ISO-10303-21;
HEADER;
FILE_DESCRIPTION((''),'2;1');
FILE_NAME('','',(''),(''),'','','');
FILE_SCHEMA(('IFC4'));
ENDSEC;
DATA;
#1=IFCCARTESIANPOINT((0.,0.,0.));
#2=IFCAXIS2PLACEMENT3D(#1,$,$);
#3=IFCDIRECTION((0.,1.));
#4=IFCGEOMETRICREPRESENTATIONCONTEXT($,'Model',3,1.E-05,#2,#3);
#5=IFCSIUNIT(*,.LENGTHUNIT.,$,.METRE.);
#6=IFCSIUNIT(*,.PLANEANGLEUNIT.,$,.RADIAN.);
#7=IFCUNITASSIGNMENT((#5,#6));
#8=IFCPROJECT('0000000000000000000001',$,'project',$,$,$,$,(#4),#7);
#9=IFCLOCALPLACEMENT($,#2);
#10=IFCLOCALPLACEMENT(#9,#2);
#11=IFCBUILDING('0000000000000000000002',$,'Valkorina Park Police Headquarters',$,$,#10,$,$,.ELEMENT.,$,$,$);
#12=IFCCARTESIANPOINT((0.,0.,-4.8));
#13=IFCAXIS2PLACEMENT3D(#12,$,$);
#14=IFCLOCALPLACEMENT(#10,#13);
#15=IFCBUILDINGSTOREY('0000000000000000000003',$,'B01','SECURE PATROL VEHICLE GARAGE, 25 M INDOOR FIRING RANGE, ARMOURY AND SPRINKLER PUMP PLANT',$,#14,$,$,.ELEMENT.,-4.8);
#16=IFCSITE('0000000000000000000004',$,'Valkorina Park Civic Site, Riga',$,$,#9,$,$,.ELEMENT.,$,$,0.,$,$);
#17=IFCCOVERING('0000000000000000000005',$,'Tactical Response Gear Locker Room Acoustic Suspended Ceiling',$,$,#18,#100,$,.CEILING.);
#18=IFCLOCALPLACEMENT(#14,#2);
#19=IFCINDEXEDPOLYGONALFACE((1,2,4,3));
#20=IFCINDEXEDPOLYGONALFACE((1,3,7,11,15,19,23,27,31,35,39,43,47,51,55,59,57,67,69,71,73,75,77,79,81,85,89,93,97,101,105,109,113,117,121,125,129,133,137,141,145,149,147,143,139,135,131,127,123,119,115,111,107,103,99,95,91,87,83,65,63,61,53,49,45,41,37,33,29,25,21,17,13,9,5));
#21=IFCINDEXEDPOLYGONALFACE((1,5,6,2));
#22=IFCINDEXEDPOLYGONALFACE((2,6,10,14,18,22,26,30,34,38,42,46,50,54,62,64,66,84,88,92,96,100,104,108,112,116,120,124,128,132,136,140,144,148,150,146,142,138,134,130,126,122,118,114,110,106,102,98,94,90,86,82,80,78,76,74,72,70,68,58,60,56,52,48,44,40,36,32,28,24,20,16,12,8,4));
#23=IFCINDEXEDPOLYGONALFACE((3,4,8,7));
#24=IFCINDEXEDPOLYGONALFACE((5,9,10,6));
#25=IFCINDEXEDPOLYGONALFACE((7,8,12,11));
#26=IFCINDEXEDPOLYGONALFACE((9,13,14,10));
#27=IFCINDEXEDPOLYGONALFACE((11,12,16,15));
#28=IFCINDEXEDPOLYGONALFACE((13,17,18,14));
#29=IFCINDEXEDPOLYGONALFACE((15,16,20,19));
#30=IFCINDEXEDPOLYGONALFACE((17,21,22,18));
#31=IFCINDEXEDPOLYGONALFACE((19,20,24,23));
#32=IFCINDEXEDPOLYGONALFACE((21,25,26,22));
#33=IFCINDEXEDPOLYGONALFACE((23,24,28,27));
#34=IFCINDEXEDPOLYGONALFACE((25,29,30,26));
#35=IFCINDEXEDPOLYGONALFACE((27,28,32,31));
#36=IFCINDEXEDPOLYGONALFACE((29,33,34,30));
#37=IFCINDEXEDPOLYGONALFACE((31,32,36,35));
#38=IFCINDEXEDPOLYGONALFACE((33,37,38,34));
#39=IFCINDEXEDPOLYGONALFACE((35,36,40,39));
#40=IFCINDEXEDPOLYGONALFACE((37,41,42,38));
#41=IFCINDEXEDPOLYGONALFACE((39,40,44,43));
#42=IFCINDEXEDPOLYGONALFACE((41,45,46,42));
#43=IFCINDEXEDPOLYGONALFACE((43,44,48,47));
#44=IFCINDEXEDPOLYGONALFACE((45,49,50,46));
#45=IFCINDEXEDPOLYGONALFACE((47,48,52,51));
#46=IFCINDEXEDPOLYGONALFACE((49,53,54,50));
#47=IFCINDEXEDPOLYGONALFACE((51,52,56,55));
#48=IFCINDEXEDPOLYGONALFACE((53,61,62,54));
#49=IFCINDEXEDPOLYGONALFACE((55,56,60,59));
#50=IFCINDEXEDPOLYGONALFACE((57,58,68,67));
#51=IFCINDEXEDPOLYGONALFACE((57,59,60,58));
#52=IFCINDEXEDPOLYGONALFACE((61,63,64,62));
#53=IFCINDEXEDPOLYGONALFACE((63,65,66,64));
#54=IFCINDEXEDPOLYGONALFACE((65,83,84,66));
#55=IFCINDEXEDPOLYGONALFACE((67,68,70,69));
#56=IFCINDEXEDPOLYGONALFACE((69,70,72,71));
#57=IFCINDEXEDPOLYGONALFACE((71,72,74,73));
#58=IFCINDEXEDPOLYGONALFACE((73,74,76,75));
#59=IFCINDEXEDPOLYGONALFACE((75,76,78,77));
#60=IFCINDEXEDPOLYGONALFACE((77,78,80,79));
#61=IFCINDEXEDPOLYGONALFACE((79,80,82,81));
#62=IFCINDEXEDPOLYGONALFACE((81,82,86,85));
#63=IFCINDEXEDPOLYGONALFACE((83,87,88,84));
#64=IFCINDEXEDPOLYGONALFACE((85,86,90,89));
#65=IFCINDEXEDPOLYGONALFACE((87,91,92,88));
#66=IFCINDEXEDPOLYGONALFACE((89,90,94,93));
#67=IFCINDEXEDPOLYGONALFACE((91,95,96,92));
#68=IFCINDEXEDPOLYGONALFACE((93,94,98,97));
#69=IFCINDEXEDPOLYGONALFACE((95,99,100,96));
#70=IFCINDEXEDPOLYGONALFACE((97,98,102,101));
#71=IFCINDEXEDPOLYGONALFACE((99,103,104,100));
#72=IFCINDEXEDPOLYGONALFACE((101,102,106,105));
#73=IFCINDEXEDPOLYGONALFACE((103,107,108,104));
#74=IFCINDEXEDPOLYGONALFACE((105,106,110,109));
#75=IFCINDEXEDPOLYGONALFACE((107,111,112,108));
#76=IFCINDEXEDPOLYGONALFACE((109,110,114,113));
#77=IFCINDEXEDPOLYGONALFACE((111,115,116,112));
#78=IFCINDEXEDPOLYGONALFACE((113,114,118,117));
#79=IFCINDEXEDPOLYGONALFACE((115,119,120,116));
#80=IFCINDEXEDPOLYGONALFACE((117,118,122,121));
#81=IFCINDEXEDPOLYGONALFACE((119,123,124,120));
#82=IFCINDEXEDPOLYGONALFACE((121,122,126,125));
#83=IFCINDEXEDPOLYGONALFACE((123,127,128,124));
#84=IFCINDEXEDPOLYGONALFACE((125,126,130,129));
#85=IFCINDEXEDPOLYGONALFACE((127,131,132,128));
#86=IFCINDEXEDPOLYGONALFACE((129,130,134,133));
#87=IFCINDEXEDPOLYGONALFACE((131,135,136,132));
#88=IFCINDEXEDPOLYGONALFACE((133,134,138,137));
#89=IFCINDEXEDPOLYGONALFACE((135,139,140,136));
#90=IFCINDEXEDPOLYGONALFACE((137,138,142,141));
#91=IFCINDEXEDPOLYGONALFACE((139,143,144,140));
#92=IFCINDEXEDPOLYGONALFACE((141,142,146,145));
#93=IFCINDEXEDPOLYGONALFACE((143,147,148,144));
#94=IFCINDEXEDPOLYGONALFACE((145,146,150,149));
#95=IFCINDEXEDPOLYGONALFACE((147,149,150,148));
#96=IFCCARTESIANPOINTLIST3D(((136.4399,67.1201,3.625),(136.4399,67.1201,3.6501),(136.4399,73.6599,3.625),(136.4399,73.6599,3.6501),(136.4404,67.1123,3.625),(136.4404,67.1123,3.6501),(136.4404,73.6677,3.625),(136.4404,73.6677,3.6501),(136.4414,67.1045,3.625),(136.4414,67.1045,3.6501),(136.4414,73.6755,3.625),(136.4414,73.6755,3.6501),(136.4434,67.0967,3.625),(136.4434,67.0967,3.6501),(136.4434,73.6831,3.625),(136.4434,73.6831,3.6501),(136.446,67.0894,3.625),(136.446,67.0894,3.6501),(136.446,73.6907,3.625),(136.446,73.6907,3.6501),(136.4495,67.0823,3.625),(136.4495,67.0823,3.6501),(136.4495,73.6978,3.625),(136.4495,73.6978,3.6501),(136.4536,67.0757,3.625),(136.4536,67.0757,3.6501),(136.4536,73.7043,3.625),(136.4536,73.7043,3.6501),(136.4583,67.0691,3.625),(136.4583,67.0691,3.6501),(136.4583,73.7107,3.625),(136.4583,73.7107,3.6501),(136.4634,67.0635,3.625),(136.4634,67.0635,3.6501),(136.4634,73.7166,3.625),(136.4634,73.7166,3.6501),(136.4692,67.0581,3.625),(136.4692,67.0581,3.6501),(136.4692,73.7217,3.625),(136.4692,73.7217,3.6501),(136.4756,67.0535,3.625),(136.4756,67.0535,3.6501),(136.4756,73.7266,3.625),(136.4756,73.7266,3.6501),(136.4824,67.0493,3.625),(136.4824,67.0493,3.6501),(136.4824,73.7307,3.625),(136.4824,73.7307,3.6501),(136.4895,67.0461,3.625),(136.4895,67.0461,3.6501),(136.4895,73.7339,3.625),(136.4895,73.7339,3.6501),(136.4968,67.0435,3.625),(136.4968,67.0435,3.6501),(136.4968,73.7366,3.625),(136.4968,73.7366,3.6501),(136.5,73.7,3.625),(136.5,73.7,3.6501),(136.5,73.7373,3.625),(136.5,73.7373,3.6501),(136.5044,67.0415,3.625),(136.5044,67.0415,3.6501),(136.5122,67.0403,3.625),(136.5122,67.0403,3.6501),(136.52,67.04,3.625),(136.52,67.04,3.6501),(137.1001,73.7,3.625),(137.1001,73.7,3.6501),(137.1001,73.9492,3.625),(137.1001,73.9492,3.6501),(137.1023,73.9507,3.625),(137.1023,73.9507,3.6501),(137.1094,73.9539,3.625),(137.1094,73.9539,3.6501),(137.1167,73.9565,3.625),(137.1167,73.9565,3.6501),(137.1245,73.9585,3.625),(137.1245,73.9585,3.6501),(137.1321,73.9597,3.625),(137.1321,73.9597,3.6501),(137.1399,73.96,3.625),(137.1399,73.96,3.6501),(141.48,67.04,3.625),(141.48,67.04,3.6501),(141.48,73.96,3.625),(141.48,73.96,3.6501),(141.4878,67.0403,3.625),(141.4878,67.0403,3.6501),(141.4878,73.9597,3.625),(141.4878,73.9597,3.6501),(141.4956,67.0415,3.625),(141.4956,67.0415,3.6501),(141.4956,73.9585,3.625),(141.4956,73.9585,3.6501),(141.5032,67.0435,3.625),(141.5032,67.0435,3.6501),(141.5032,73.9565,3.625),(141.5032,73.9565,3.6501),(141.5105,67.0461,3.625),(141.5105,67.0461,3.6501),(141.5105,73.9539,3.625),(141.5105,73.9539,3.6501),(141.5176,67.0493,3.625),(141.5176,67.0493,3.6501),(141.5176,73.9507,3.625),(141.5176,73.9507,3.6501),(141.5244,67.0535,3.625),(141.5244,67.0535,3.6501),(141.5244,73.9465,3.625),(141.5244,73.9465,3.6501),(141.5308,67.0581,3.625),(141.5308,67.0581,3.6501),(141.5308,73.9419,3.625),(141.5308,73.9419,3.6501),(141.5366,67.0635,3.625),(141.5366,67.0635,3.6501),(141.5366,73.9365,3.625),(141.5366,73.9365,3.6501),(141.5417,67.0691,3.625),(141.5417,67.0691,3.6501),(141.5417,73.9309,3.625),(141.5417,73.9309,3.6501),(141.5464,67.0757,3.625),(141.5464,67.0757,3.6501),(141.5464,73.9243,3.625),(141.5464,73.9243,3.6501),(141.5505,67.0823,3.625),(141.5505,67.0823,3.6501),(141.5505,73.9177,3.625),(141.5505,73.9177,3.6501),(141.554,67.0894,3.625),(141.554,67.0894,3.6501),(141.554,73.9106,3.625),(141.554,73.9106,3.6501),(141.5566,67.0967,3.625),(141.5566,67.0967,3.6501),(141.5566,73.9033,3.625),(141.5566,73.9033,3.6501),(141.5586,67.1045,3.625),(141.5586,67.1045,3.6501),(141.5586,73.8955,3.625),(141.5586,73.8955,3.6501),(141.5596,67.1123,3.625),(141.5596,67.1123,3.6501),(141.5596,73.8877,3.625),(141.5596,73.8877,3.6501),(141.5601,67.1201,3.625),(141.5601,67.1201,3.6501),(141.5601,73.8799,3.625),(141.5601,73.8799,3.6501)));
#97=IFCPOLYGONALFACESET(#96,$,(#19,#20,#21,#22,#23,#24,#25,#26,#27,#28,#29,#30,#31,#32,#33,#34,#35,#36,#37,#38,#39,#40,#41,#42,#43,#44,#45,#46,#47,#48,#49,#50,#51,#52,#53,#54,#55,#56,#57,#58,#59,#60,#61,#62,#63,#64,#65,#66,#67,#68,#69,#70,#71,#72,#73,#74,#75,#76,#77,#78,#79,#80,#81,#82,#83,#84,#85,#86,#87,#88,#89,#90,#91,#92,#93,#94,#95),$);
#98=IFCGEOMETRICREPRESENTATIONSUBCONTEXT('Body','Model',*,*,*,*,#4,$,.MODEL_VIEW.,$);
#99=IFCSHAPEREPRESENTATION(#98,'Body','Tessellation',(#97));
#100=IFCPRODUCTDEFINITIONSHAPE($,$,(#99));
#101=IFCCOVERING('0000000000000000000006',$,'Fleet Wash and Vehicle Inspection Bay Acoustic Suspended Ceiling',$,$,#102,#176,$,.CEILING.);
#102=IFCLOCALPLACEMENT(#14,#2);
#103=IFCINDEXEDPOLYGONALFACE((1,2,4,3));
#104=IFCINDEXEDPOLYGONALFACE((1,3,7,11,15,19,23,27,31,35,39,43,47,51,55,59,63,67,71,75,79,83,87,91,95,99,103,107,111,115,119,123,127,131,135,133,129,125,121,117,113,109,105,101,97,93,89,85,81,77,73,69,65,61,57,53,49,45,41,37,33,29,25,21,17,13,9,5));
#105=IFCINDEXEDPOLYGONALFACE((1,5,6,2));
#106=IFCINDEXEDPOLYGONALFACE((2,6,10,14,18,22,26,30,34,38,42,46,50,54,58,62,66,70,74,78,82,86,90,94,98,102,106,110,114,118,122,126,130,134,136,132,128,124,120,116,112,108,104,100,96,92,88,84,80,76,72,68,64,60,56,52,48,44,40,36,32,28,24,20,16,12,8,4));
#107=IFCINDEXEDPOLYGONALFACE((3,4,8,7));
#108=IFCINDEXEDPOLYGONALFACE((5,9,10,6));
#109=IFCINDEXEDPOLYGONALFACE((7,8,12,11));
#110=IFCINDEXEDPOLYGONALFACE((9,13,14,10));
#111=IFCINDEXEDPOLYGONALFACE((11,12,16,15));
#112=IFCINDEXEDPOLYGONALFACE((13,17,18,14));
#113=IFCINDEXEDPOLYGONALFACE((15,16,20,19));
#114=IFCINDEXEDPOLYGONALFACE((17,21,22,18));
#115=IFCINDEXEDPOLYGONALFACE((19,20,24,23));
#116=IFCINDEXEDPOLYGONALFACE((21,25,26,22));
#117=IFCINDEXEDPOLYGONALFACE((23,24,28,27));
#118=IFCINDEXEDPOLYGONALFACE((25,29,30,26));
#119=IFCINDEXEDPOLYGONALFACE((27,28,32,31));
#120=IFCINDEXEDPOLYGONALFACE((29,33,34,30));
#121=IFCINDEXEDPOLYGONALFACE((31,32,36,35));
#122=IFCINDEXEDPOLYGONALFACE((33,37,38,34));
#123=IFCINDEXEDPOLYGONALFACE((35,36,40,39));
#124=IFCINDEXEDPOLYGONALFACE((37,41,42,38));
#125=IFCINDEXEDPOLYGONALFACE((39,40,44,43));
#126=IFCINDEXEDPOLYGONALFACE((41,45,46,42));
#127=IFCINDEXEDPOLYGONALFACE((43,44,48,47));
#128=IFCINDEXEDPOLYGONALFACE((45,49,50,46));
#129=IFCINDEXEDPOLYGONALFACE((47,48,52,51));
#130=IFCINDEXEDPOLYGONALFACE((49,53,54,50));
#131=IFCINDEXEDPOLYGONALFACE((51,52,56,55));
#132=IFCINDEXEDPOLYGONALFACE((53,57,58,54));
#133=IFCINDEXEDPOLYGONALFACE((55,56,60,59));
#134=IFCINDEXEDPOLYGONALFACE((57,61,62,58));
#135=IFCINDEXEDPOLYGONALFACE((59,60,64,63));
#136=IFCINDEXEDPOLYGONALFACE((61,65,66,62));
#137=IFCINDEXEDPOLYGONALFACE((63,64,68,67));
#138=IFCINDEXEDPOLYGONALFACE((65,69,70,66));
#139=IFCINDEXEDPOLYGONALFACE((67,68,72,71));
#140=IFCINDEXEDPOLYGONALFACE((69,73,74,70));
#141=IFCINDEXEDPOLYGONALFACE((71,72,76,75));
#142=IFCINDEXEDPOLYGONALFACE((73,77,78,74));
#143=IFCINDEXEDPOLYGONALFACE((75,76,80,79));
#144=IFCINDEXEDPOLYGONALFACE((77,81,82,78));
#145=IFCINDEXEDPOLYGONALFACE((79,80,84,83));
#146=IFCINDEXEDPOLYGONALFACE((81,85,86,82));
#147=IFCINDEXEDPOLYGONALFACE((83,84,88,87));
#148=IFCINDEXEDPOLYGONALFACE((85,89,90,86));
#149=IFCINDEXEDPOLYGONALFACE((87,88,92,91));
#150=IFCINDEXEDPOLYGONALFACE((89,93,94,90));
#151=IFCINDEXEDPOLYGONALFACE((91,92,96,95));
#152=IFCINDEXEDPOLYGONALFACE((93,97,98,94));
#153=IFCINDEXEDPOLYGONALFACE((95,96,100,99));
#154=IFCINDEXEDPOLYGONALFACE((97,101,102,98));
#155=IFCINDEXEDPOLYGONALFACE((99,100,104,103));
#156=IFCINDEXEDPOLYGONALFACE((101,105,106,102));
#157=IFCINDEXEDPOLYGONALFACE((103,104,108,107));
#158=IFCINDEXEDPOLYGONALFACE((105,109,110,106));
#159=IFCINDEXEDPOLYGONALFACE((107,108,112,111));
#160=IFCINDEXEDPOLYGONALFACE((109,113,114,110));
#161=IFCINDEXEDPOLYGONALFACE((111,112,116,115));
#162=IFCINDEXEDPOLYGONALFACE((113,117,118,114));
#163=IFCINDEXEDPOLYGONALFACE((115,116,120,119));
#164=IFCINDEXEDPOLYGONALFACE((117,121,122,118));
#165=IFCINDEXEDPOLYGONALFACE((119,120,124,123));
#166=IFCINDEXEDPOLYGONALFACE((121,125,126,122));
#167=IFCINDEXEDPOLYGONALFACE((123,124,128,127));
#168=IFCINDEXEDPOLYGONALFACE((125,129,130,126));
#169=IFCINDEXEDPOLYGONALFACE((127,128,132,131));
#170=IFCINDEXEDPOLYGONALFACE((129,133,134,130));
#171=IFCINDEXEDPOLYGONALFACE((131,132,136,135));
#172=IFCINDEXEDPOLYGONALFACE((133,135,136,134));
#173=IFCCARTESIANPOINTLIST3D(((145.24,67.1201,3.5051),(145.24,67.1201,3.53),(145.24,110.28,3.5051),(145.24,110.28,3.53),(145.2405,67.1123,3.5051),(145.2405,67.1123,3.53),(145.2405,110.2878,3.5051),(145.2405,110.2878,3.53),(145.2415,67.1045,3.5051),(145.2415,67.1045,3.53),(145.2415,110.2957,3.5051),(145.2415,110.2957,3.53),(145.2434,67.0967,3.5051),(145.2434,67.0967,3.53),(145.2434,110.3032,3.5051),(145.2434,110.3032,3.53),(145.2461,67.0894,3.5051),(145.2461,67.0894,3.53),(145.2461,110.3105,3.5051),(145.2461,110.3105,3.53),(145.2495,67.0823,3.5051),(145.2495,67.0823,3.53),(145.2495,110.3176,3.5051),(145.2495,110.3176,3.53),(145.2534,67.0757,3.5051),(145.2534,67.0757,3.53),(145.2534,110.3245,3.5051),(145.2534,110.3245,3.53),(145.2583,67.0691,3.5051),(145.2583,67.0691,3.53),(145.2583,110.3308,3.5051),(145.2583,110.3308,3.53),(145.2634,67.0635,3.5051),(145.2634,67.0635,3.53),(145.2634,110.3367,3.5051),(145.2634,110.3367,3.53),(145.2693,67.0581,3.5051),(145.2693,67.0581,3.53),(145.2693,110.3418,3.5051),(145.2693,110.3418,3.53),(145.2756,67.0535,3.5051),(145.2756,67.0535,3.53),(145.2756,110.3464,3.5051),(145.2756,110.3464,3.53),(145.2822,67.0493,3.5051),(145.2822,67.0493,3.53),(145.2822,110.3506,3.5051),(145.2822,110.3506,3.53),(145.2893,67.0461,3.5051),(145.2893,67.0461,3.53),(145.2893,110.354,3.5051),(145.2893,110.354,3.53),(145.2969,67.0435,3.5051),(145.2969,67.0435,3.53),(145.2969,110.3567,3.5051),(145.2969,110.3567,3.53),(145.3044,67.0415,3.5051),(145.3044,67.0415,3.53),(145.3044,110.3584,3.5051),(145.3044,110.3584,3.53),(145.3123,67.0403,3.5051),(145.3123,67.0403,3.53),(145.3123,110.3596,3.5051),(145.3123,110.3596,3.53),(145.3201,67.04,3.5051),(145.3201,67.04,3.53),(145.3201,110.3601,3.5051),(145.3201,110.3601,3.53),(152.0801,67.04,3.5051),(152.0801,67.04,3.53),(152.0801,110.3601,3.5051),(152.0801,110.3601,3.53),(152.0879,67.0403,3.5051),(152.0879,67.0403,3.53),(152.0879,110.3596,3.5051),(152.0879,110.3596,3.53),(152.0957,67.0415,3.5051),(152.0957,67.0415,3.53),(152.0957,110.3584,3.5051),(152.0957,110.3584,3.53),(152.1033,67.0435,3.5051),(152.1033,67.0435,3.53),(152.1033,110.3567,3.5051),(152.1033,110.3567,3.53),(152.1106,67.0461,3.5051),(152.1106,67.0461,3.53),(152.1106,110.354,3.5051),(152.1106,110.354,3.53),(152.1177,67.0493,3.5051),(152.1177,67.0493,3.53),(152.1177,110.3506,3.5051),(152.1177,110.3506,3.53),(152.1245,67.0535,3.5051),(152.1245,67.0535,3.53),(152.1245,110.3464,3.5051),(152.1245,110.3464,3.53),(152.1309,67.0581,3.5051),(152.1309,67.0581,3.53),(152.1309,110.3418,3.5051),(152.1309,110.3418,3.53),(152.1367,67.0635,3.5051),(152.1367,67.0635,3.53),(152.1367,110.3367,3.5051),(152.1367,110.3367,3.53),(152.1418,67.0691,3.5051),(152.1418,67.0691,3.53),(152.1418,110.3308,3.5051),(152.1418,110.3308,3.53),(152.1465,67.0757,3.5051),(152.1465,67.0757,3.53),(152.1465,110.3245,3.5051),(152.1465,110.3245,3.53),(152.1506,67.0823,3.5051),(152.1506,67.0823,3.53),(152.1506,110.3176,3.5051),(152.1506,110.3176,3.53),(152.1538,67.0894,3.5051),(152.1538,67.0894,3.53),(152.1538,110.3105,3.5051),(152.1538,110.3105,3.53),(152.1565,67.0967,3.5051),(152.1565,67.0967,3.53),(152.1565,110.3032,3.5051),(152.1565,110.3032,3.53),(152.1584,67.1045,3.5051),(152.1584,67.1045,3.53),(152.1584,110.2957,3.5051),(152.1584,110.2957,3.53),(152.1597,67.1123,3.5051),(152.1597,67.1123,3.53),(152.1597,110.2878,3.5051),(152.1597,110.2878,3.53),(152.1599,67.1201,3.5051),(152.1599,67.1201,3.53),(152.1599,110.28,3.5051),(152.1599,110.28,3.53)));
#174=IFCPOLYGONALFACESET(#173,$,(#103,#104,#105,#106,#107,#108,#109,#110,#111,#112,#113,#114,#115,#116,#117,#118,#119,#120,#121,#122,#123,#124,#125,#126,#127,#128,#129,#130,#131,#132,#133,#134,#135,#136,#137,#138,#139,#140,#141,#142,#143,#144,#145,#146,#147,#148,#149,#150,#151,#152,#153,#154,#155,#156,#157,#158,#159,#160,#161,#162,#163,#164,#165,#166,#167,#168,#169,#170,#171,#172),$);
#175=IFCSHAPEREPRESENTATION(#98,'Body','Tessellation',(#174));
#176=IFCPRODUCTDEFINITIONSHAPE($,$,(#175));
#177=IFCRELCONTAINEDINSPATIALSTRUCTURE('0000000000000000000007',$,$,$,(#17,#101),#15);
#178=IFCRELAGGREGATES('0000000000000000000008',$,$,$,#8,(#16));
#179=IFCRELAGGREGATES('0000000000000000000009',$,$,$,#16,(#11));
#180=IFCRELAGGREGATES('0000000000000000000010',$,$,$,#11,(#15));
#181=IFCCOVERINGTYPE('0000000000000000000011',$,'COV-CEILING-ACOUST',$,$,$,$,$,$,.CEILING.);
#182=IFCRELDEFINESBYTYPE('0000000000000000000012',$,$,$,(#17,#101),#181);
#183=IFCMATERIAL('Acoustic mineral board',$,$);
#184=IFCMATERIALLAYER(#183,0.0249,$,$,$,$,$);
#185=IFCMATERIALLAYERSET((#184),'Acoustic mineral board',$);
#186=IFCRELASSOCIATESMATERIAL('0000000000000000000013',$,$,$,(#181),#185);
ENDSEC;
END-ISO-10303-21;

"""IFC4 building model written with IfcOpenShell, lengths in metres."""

from ifc_helpers import new_model, si_unit, direction, frame, origin, place, context, subcontext, project, spatial, polyline, outline, extrude, material, layer, layer_set, type_object, element, save


model = new_model("IFC4")

# Units and contexts
model_context = context("Model", 3, precision=1e-05, world=origin(), true_north=direction((0.0, 1.0)))
body_context = subcontext(model_context, "Body", "Model", "MODEL_VIEW")
ifc_project = project(units=[si_unit("LENGTHUNIT", "METRE"), si_unit("PLANEANGLEUNIT", "RADIAN")], contexts=[model_context])

# Site, building, storey
site_placement = place(None, origin())
site = spatial("IfcSite", under=ifc_project, at=site_placement, Name="Valkorina Park Civic Site, Riga", CompositionType="ELEMENT", RefElevation=0.0)
building_placement = place(site_placement, origin())
building = spatial("IfcBuilding", under=site, at=building_placement, Name="Valkorina Park Police Headquarters", CompositionType="ELEMENT")
storey_placement = place(building_placement, frame((0.0, 0.0, -4.8)))
storey = spatial("IfcBuildingStorey", under=building, at=storey_placement, Name="B01", Description="SECURE PATROL VEHICLE GARAGE, 25 M INDOOR FIRING RANGE, ARMOURY AND SPRINKLER PUMP PLANT", CompositionType="ELEMENT", Elevation=-4.8)

# Coverings
ifc_material_1 = material(Name="Acoustic mineral board")
ifc_layer_1 = layer(ifc_material_1, 0.0249)
ifc_layer_set_1 = layer_set([ifc_layer_1], Name="Acoustic mineral board")
covering_type_1 = type_object("IfcCoveringType", Name="COV-CEILING-ACOUST", PredefinedType="CEILING", material=ifc_layer_set_1)
covering_1_placement = place(storey_placement, frame((0.0, 0.0, 3.625)))
element("IfcCovering", 1, at=covering_1_placement, inside=storey, type_object=covering_type_1, Name="Tactical Response Gear Locker Room Acoustic Suspended Ceiling", PredefinedType="CEILING", context=body_context, shape_type="SweptSolid", body=[
    extrude(outline(polyline([(141.5586, 67.1045), (141.5596, 67.1123), (141.5601, 67.1201), (141.5601, 73.8799), (141.5596, 73.8877), (141.5586, 73.8955), (141.5566, 73.9033), (141.554, 73.9106), (141.5505, 73.9177), (141.5464, 73.9243), (141.5417, 73.9309), (141.5366, 73.9365), (141.5308, 73.9419), (141.5244, 73.9465), (141.5176, 73.9507), (141.5105, 73.9539), (141.5032, 73.9565), (141.4956, 73.9585), (141.4878, 73.9597), (141.48, 73.96), (137.1399, 73.96), (137.1321, 73.9597), (137.1245, 73.9585), (137.1167, 73.9565), (137.1094, 73.9539), (137.1023, 73.9507), (137.1001, 73.9492), (137.1001, 73.7), (136.5, 73.7), (136.5, 73.7373), (136.4968, 73.7366), (136.4895, 73.7339), (136.4824, 73.7307), (136.4756, 73.7266), (136.4692, 73.7217), (136.4634, 73.7166), (136.4583, 73.7107), (136.4536, 73.7043), (136.4495, 73.6978), (136.446, 73.6907), (136.4434, 73.6831), (136.4414, 73.6755), (136.4404, 73.6677), (136.4399, 73.6599), (136.4399, 67.1201), (136.4404, 67.1123), (136.4414, 67.1045), (136.4434, 67.0967), (136.446, 67.0894), (136.4495, 67.0823), (136.4536, 67.0757), (136.4583, 67.0691), (136.4634, 67.0635), (136.4692, 67.0581), (136.4756, 67.0535), (136.4824, 67.0493), (136.4895, 67.0461), (136.4968, 67.0435), (136.5044, 67.0415), (136.5122, 67.0403), (136.52, 67.04), (141.48, 67.04), (141.4878, 67.0403), (141.4956, 67.0415), (141.5032, 67.0435), (141.5105, 67.0461), (141.5176, 67.0493), (141.5244, 67.0535), (141.5308, 67.0581), (141.5366, 67.0635), (141.5417, 67.0691), (141.5464, 67.0757), (141.5505, 67.0823), (141.554, 67.0894), (141.5566, 67.0967), (141.5586, 67.1045)])), origin(), (0.0, 0.0, 1.0), 0.0251),
])
covering_2_placement = place(storey_placement, frame((0.0, 0.0, 3.5051)))
element("IfcCovering", 2, at=covering_2_placement, inside=storey, type_object=covering_type_1, Name="Fleet Wash and Vehicle Inspection Bay Acoustic Suspended Ceiling", PredefinedType="CEILING", context=body_context, shape_type="SweptSolid", body=[
    extrude(outline(polyline([(152.1584, 67.1045), (152.1597, 67.1123), (152.1599, 67.1201), (152.1599, 110.28), (152.1597, 110.2878), (152.1584, 110.2957), (152.1565, 110.3032), (152.1538, 110.3105), (152.1506, 110.3176), (152.1465, 110.3245), (152.1418, 110.3308), (152.1367, 110.3367), (152.1309, 110.3418), (152.1245, 110.3464), (152.1177, 110.3506), (152.1106, 110.354), (152.1033, 110.3567), (152.0957, 110.3584), (152.0879, 110.3596), (152.0801, 110.3601), (145.3201, 110.3601), (145.3123, 110.3596), (145.3044, 110.3584), (145.2969, 110.3567), (145.2893, 110.354), (145.2822, 110.3506), (145.2756, 110.3464), (145.2693, 110.3418), (145.2634, 110.3367), (145.2583, 110.3308), (145.2534, 110.3245), (145.2495, 110.3176), (145.2461, 110.3105), (145.2434, 110.3032), (145.2415, 110.2957), (145.2405, 110.2878), (145.24, 110.28), (145.24, 67.1201), (145.2405, 67.1123), (145.2415, 67.1045), (145.2434, 67.0967), (145.2461, 67.0894), (145.2495, 67.0823), (145.2534, 67.0757), (145.2583, 67.0691), (145.2634, 67.0635), (145.2693, 67.0581), (145.2756, 67.0535), (145.2822, 67.0493), (145.2893, 67.0461), (145.2969, 67.0435), (145.3044, 67.0415), (145.3123, 67.0403), (145.3201, 67.04), (152.0801, 67.04), (152.0879, 67.0403), (152.0957, 67.0415), (152.1033, 67.0435), (152.1106, 67.0461), (152.1177, 67.0493), (152.1245, 67.0535), (152.1309, 67.0581), (152.1367, 67.0635), (152.1418, 67.0691), (152.1465, 67.0757), (152.1506, 67.0823), (152.1538, 67.0894), (152.1565, 67.0967), (152.1584, 67.1045)])), origin(), (0.0, 0.0, 1.0), 0.0249),
])

save(model, "model.ifc")
